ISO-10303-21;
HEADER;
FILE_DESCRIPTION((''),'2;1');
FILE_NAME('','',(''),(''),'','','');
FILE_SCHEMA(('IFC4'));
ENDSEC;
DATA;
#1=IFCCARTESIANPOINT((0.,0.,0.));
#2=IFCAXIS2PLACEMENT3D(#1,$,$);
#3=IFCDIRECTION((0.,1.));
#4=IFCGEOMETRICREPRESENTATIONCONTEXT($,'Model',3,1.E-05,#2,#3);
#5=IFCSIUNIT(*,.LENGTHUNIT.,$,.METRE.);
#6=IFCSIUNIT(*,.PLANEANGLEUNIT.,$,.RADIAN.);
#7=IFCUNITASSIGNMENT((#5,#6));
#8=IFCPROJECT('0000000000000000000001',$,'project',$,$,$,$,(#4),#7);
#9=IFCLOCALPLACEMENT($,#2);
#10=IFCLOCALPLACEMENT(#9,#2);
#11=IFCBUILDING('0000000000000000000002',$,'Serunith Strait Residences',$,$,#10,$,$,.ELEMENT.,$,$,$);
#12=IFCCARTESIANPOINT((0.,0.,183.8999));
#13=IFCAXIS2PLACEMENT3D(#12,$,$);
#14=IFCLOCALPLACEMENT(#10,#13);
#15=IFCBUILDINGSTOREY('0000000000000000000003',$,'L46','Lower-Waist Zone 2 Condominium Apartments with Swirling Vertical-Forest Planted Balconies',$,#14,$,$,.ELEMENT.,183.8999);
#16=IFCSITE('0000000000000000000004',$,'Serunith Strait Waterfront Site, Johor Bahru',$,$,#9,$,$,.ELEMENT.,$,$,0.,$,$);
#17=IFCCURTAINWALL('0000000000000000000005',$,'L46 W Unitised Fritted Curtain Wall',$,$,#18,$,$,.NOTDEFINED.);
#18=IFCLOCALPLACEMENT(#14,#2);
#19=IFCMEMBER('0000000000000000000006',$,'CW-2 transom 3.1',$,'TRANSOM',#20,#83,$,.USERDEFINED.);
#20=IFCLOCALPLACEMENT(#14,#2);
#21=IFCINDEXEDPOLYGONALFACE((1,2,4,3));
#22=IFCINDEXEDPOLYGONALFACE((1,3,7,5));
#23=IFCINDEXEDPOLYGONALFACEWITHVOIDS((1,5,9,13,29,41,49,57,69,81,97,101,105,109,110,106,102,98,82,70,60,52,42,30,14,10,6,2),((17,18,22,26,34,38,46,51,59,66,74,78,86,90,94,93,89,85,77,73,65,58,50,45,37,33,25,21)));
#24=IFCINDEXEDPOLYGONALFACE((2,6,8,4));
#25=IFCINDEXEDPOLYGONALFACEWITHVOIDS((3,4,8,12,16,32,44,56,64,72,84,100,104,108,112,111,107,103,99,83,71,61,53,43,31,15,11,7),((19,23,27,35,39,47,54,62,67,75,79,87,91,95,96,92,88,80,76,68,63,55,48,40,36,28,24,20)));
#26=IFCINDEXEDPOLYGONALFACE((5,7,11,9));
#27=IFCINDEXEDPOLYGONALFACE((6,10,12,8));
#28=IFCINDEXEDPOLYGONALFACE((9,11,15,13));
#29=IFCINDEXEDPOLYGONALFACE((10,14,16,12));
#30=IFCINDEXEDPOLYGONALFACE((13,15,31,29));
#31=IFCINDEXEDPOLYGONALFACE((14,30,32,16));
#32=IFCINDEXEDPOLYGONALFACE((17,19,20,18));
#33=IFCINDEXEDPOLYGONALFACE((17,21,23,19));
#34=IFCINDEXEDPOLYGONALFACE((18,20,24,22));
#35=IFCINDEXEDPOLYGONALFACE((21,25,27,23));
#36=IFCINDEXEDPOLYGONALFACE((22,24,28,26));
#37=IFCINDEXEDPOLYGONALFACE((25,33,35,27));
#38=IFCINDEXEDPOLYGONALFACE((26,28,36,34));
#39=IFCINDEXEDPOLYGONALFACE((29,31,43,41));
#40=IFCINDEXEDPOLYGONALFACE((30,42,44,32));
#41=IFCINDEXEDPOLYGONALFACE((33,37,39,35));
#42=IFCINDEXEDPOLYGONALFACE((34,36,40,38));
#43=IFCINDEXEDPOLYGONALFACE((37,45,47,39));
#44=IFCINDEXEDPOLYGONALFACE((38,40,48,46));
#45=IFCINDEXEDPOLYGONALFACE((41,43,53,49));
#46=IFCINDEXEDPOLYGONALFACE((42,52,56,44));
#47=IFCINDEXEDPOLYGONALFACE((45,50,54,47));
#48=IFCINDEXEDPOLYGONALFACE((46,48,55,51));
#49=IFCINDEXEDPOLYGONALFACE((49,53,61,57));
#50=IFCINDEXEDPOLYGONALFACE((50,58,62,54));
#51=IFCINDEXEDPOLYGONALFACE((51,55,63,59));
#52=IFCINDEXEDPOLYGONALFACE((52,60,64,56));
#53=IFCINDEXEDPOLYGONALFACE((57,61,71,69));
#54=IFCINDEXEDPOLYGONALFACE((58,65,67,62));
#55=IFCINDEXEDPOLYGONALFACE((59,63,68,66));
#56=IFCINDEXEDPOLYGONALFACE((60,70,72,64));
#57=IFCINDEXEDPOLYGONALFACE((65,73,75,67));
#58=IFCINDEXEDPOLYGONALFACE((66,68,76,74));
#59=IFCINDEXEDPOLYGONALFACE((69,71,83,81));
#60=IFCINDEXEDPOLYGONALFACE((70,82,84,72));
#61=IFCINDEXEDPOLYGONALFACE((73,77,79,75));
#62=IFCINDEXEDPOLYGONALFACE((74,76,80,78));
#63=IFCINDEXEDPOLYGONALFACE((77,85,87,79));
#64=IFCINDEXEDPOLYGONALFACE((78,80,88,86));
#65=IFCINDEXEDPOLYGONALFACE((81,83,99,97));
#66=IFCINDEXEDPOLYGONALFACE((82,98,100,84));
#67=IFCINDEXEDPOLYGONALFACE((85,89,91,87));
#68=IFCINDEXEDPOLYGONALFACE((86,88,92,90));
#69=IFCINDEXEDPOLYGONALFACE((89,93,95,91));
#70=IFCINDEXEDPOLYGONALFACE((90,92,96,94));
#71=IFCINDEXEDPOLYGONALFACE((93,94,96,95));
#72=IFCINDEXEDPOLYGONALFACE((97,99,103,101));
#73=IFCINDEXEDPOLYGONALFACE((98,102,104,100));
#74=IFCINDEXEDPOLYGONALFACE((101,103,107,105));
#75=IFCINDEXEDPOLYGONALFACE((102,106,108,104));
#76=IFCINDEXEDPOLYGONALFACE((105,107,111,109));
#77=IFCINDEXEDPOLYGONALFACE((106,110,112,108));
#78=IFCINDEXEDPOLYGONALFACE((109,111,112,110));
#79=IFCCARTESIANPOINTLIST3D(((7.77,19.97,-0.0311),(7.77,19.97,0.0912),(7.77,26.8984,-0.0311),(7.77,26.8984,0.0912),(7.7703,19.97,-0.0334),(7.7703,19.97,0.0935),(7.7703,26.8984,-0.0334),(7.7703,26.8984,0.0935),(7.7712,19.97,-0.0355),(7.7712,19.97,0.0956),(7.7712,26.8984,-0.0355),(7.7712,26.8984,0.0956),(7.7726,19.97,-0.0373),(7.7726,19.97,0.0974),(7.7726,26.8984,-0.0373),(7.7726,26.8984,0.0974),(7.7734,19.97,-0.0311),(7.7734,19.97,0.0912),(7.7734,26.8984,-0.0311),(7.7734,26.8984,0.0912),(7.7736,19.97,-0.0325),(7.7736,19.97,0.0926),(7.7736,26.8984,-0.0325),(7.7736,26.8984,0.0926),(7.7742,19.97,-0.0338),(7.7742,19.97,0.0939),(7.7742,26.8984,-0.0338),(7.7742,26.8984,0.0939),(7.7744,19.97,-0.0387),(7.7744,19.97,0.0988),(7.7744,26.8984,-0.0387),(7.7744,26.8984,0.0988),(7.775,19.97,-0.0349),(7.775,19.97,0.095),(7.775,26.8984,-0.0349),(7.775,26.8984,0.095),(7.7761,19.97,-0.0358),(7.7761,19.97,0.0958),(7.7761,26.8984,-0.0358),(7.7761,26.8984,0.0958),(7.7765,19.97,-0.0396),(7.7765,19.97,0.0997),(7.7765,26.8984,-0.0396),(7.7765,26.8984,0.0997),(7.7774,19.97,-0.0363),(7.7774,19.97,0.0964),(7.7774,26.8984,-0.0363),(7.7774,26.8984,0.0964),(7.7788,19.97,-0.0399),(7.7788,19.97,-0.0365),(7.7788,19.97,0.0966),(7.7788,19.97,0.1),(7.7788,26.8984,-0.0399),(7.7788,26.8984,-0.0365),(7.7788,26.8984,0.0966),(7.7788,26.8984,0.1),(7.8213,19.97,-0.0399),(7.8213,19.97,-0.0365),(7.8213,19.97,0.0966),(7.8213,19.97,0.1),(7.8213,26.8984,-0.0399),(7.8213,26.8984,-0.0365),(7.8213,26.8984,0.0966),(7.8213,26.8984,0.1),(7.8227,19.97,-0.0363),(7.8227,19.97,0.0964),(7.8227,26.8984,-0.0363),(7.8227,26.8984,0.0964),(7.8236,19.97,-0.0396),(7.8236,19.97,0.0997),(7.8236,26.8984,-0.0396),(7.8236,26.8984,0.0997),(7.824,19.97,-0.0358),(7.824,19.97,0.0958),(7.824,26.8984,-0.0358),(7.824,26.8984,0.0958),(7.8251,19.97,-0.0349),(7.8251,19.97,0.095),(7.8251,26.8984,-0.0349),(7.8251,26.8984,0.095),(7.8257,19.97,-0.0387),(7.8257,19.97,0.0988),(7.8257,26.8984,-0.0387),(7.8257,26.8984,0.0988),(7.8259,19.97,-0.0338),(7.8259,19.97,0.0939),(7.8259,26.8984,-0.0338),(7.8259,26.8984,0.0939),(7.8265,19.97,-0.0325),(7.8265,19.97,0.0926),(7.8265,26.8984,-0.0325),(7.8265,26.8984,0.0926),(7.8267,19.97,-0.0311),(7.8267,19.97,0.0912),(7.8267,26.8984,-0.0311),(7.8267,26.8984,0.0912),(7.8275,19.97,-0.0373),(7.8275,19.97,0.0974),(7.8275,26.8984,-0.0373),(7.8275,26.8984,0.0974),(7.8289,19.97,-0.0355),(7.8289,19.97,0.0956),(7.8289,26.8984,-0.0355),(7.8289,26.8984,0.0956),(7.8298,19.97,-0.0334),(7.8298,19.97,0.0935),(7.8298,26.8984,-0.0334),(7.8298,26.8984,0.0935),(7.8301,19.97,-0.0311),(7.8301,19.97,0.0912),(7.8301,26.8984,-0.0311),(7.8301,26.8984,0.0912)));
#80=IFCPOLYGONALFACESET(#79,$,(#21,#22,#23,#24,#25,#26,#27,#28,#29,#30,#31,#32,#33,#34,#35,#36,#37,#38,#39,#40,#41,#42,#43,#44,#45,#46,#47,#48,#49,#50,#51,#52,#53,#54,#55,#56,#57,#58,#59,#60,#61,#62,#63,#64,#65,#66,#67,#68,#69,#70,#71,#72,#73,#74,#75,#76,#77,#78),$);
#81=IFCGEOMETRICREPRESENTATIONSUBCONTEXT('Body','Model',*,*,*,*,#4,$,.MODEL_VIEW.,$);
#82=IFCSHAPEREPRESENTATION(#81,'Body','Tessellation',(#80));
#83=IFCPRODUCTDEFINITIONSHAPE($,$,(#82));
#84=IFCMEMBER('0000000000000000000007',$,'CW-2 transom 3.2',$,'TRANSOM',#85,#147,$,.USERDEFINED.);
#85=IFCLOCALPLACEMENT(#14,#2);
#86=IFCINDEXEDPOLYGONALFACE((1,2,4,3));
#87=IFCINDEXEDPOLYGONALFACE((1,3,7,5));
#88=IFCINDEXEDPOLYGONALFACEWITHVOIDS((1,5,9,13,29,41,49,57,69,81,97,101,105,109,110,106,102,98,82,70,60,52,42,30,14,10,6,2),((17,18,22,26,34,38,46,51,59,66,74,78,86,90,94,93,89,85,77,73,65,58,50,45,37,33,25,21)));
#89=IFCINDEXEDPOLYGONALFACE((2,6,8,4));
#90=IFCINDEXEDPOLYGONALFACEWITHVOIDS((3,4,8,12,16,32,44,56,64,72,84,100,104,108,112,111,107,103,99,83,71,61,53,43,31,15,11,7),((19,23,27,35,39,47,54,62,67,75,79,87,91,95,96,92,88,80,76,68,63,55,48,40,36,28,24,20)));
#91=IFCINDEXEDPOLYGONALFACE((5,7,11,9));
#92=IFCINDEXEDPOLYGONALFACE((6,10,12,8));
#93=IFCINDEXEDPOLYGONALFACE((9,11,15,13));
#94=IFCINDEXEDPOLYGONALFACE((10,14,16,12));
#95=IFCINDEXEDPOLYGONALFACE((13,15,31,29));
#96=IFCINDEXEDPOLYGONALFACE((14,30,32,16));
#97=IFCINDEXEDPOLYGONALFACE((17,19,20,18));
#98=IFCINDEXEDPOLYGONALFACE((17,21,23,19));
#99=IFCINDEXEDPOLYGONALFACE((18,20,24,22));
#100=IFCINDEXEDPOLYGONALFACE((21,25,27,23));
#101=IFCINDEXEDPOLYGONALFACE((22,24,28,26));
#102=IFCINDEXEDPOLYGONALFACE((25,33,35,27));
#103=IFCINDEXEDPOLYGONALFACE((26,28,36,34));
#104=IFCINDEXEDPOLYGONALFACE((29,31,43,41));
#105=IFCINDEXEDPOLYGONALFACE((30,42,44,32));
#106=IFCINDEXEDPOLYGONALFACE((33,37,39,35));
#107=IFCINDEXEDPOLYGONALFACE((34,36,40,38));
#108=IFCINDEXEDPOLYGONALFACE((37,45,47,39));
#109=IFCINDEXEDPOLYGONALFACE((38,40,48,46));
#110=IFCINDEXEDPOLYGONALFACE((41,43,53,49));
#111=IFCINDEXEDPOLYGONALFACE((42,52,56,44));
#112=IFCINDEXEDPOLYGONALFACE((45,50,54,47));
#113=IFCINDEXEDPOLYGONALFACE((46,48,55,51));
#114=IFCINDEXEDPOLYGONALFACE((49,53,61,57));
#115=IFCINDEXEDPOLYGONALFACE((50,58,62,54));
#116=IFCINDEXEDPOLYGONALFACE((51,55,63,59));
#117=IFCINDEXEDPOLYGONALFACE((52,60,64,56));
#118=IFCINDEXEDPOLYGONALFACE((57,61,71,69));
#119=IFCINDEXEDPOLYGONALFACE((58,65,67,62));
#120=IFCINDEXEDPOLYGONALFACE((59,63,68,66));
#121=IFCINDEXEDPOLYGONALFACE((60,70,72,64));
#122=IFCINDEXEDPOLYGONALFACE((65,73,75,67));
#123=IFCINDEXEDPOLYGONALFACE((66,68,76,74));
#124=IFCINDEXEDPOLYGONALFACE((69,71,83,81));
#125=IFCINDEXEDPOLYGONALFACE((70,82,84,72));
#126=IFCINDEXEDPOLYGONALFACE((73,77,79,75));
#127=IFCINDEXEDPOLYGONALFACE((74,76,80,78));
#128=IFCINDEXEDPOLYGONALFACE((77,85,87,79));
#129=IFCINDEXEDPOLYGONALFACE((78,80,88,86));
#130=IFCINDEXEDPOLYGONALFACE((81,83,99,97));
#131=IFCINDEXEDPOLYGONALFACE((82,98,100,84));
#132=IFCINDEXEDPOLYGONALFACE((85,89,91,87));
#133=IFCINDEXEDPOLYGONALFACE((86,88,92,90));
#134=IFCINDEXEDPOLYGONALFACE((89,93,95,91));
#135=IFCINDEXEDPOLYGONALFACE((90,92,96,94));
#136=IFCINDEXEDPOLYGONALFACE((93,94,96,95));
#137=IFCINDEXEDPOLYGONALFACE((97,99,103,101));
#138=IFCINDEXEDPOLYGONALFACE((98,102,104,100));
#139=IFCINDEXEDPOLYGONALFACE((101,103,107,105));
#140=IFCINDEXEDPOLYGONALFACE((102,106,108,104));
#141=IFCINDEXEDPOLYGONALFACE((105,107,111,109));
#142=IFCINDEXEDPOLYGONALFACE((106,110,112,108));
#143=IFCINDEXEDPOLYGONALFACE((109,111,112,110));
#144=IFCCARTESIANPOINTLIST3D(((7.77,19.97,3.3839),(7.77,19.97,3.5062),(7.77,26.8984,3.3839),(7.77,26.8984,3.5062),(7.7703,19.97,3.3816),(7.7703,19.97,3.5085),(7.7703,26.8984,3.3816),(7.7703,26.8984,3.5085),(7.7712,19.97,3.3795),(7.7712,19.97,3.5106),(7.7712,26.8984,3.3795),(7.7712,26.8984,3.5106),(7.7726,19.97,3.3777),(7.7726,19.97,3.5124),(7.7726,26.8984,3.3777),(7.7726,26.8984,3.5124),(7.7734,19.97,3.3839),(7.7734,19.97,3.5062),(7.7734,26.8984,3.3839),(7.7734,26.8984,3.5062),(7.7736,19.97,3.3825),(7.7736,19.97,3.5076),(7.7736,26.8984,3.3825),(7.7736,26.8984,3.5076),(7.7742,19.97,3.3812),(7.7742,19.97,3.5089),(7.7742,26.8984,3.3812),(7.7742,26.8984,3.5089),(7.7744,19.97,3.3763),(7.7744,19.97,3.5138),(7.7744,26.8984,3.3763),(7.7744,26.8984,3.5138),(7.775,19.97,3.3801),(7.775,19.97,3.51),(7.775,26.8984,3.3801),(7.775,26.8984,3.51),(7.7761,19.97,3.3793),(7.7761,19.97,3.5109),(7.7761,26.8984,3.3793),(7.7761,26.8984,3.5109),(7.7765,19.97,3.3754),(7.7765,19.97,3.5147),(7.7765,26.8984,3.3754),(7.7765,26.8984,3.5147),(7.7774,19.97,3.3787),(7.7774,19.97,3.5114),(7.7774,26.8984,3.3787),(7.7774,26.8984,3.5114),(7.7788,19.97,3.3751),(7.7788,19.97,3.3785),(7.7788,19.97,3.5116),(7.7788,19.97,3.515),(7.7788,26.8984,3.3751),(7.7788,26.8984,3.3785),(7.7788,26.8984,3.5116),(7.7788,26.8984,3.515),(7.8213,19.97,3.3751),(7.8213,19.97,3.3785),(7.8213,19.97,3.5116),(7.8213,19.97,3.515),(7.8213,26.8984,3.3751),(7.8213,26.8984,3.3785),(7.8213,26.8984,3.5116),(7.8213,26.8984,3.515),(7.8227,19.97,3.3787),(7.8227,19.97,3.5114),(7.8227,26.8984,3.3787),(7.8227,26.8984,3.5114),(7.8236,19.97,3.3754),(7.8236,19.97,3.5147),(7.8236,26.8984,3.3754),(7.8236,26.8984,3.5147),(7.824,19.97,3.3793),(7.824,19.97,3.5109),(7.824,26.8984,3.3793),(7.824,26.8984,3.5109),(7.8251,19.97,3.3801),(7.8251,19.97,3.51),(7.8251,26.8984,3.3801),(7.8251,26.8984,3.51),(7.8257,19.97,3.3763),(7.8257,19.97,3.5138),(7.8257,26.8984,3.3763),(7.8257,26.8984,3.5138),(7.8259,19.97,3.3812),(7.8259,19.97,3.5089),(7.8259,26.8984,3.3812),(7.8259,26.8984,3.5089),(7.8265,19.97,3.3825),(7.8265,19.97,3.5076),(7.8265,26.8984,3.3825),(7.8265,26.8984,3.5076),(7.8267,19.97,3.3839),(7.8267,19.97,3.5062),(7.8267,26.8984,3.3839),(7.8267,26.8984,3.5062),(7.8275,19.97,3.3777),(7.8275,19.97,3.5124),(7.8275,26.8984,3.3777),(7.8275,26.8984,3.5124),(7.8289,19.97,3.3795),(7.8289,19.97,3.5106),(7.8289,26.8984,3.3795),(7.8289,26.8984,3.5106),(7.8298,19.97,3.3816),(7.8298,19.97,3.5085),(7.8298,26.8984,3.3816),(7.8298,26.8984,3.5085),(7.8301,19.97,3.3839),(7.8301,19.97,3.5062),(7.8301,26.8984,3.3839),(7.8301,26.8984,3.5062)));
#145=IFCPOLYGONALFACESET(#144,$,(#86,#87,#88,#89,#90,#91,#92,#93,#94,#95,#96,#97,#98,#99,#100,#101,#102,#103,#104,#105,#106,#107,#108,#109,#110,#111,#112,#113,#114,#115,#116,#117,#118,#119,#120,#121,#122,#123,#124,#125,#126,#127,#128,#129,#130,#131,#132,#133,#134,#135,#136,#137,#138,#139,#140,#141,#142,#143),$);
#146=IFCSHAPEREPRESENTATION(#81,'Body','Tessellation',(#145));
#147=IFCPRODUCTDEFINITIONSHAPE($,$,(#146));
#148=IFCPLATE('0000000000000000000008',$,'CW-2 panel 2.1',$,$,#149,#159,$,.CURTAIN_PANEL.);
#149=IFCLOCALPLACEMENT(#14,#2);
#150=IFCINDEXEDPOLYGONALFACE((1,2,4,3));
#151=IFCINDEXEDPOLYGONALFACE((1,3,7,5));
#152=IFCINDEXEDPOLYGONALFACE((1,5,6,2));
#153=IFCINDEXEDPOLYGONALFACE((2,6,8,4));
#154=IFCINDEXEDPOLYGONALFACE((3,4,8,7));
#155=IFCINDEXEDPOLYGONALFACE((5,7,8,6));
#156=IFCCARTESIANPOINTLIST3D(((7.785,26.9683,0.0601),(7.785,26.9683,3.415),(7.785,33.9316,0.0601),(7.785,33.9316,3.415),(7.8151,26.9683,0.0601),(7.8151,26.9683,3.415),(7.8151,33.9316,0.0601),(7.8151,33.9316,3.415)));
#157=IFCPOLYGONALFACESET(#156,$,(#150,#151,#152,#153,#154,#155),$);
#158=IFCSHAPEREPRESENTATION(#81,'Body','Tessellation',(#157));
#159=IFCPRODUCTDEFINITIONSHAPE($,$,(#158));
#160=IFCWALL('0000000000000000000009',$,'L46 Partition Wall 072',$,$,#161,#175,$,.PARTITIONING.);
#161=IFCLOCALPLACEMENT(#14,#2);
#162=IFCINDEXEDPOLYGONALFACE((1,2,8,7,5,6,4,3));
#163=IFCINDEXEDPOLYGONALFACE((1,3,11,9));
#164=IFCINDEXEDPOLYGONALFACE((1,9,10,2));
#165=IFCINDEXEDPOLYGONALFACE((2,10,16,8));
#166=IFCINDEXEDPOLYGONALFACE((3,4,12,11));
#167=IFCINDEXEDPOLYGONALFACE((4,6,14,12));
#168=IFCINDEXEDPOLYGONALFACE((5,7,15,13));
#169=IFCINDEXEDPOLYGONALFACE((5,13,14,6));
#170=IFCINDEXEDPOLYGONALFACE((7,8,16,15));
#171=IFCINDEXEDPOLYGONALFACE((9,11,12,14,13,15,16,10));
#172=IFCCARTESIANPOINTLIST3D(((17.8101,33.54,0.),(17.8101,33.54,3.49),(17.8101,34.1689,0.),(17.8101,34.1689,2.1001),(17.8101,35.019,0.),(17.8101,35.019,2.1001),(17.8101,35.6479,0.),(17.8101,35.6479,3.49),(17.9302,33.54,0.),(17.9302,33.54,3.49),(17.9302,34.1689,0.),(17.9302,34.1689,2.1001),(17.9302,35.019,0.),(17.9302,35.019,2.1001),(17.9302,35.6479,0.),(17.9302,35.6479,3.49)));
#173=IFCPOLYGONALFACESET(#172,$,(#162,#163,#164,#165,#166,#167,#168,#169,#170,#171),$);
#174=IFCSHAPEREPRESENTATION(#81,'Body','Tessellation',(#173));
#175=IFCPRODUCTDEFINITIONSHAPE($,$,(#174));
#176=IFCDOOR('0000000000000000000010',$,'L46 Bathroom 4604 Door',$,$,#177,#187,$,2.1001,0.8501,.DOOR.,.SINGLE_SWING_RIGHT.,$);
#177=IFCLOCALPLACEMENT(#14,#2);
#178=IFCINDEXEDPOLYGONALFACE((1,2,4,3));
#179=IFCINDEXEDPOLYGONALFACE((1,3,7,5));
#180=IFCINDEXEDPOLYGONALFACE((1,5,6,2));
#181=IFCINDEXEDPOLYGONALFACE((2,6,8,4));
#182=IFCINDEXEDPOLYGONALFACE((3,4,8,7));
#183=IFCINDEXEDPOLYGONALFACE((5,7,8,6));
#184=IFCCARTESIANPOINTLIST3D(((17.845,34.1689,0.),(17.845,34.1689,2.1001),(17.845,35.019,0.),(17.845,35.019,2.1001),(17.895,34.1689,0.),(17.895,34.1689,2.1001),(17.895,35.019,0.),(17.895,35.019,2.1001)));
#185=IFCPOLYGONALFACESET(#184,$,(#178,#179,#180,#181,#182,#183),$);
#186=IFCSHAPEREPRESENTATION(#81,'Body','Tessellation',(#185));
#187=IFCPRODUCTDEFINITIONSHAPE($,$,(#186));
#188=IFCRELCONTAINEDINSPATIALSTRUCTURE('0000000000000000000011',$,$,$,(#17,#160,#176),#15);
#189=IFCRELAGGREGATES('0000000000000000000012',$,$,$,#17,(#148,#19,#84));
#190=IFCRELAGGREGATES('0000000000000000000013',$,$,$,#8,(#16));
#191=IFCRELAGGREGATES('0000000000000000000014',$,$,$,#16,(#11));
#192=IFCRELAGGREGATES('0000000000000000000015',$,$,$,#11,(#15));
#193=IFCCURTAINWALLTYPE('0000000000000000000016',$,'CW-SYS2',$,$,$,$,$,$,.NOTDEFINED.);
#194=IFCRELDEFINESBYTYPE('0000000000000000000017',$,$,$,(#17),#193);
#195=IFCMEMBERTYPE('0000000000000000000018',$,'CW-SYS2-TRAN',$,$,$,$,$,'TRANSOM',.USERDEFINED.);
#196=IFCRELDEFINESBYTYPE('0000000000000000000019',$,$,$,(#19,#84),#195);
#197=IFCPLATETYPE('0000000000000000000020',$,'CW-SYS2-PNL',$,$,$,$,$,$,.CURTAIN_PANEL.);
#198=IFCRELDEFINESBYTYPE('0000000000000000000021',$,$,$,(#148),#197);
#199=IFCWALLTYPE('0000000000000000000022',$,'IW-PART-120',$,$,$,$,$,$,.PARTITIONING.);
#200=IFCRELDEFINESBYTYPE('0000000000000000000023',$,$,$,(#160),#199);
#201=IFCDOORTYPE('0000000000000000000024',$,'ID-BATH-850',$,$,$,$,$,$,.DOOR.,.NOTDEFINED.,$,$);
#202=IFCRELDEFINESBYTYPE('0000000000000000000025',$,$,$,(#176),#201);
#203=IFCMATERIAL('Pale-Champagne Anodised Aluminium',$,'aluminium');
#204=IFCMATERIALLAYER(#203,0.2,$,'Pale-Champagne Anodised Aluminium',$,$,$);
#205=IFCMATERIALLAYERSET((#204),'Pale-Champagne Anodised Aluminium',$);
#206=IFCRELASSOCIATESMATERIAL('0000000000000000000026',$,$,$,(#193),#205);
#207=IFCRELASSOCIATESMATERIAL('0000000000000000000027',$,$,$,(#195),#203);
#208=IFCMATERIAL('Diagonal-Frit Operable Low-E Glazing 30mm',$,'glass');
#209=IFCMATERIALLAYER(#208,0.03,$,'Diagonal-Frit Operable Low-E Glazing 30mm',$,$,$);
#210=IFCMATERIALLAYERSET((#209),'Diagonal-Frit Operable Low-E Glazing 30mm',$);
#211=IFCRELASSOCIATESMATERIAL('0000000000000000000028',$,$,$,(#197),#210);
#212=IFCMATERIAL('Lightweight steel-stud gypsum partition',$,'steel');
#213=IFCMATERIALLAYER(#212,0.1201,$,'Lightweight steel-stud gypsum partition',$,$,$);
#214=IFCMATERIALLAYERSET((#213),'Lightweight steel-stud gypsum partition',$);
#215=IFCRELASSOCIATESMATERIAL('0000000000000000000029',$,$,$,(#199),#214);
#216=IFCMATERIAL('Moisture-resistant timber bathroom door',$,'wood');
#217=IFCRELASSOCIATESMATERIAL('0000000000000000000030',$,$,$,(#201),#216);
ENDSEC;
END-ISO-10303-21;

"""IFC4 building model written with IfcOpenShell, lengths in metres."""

from ifc_helpers import new_model, si_unit, direction, frame, frame_2d, origin, origin_2d, place, context, subcontext, project, spatial, rectangle, hollow_rectangle, extrude, source, transform, mapped, material, layer, layer_set, material_profile, profile_set, type_object, element, fill, aggregate, save


model = new_model("IFC4")

# Units and contexts
model_context = context("Model", 3, precision=1e-05, world=origin(), true_north=direction((0.0, 1.0)))
body_context = subcontext(model_context, "Body", "Model", "MODEL_VIEW")
ifc_project = project(units=[si_unit("LENGTHUNIT", "METRE"), si_unit("PLANEANGLEUNIT", "RADIAN")], contexts=[model_context])

# Site, building, storey
site_placement = place(None, origin())
site = spatial("IfcSite", under=ifc_project, at=site_placement, Name="Serunith Strait Waterfront Site, Johor Bahru", CompositionType="ELEMENT", RefElevation=0.0)
building_placement = place(site_placement, origin())
building = spatial("IfcBuilding", under=site, at=building_placement, Name="Serunith Strait Residences", CompositionType="ELEMENT")
storey_placement = place(building_placement, frame((0.0, 0.0, 183.8999)))
storey = spatial("IfcBuildingStorey", under=building, at=storey_placement, Name="L46", Description="Lower-Waist Zone 2 Condominium Apartments with Swirling Vertical-Forest Planted Balconies", CompositionType="ELEMENT", Elevation=183.8999)

# Curtain wall, members, plate
ifc_material_1 = material(Name="Pale-Champagne Anodised Aluminium", Category="aluminium")
ifc_layer_1 = layer(ifc_material_1, 0.2, Name="Pale-Champagne Anodised Aluminium")
ifc_layer_set_1 = layer_set([ifc_layer_1], Name="Pale-Champagne Anodised Aluminium")
curtain_wall_type = type_object("IfcCurtainWallType", Name="CW-SYS2", PredefinedType="NOTDEFINED", material=ifc_layer_set_1)
curtain_wall_placement = place(storey_placement, origin())
curtain_wall = element("IfcCurtainWall", 1, at=curtain_wall_placement, inside=storey, type_object=curtain_wall_type, Name="L46 W Unitised Fritted Curtain Wall", PredefinedType="NOTDEFINED")
ifc_material_profile_1 = material_profile(ifc_material_1, hollow_rectangle(XDim=0.0601, YDim=0.1399, WallThickness=0.0034, InnerFilletRadius=0.0054, OuterFilletRadius=0.0088, at=origin_2d()), Name="ALU 140x60x3.5")
ifc_profile_set_1 = profile_set([ifc_material_profile_1], Name="Pale-Champagne Anodised Aluminium")
member_type_1 = type_object("IfcMemberType", Name="CW-SYS2-TRAN", ElementType="TRANSOM", PredefinedType="USERDEFINED", material=ifc_profile_set_1)
shared_shape_1 = source(origin(), body_context, "Body", "SweptSolid", [
    extrude(hollow_rectangle(XDim=0.0601, YDim=0.1399, WallThickness=0.0034, InnerFilletRadius=0.0054, OuterFilletRadius=0.0088, at=origin_2d()), origin(), (0.0, 0.0, 1.0), 6.9285),
])
member_1_placement = place(storey_placement, frame((7.8, 26.8984, 0.03), z_axis=(0.0, -1.0, 0.0), x_axis=(1.0, 0.0, 0.0)))
member_1 = element("IfcMember", 2, at=member_1_placement, type_object=member_type_1, Name="CW-2 transom 3.1", ObjectType="TRANSOM", PredefinedType="USERDEFINED", context=body_context, shape_type="MappedRepresentation", body=[
    mapped(shared_shape_1, transform((0.0, 0.0, 0.0), scale=1.0)),
])
member_2_placement = place(storey_placement, frame((7.8, 26.8984, 3.4451), z_axis=(0.0, -1.0, 0.0), x_axis=(1.0, 0.0, 0.0)))
member_2 = element("IfcMember", 3, at=member_2_placement, type_object=member_type_1, Name="CW-2 transom 3.2", ObjectType="TRANSOM", PredefinedType="USERDEFINED", context=body_context, shape_type="MappedRepresentation", body=[
    mapped(shared_shape_1, transform((0.0, 0.0, 0.0), scale=1.0)),
])
ifc_material_2 = material(Name="Diagonal-Frit Operable Low-E Glazing 30mm", Category="glass")
ifc_layer_2 = layer(ifc_material_2, 0.03, Name="Diagonal-Frit Operable Low-E Glazing 30mm")
ifc_layer_set_2 = layer_set([ifc_layer_2], Name="Diagonal-Frit Operable Low-E Glazing 30mm")
plate_type = type_object("IfcPlateType", Name="CW-SYS2-PNL", PredefinedType="CURTAIN_PANEL", material=ifc_layer_set_2)
shared_shape_2 = source(origin(), body_context, "Body", "SweptSolid", [
    extrude(rectangle(XDim=6.9634, YDim=0.03, at=origin_2d()), origin(), (0.0, 0.0, 1.0), 3.355),
])
plate_placement = place(storey_placement, frame((7.8, 30.45, 0.0601), z_axis=(0.0, 0.0, 1.0), x_axis=(0.0, -1.0, 0.0)))
plate = element("IfcPlate", 4, at=plate_placement, type_object=plate_type, Name="CW-2 panel 2.1", PredefinedType="CURTAIN_PANEL", context=body_context, shape_type="MappedRepresentation", body=[
    mapped(shared_shape_2, transform((0.0, 0.0, 0.0), scale=1.0)),
])
aggregate(curtain_wall, [plate, member_1, member_2])

# Wall, opening, door
ifc_material_3 = material(Name="Lightweight steel-stud gypsum partition", Category="steel")
ifc_layer_3 = layer(ifc_material_3, 0.1201, Name="Lightweight steel-stud gypsum partition")
ifc_layer_set_3 = layer_set([ifc_layer_3], Name="Lightweight steel-stud gypsum partition")
wall_type_1 = type_object("IfcWallType", Name="IW-PART-120", PredefinedType="PARTITIONING", material=ifc_layer_set_3)
wall_1_placement = place(storey_placement, frame((17.8701, 35.6479, 0.0), z_axis=(0.0, 0.0, 1.0), x_axis=(0.0, -1.0, 0.0)))
wall_1 = element("IfcWall", 5, at=wall_1_placement, inside=storey, type_object=wall_type_1, Name="L46 Partition Wall 072", PredefinedType="PARTITIONING", context=body_context, shape_type="SweptSolid", body=[
    extrude(rectangle(XDim=2.1079, YDim=0.1201, at=frame_2d((1.054, 0.0))), origin(), (0.0, 0.0, 1.0), 3.49),
])
opening_1_placement = place(wall_1_placement, frame((0.6289, 0.0, 0.0)))
opening_1 = element("IfcOpeningElement", 6, at=opening_1_placement, cuts=wall_1, PredefinedType="OPENING", context=body_context, shape_type="SweptSolid", body=[
    extrude(rectangle(XDim=0.8501, YDim=2.1001, at=frame_2d((0.425, 1.05))), frame((0.0, 0.0701, 0.0), z_axis=(0.0, -1.0, 0.0), x_axis=(1.0, 0.0, 0.0)), (0.0, 0.0, 1.0), 0.1401),
])
ifc_material_4 = material(Name="Moisture-resistant timber bathroom door", Category="wood")
door_type_1 = type_object("IfcDoorType", Name="ID-BATH-850", OperationType="NOTDEFINED", PredefinedType="DOOR", material=ifc_material_4)
shared_shape_3 = source(origin(), body_context, "Body", "SweptSolid", [
    extrude(rectangle(XDim=0.8501, YDim=2.1001, at=frame_2d((0.425, 1.05))), frame((0.0, 0.0249, 0.0), z_axis=(0.0, -1.0, 0.0), x_axis=(1.0, 0.0, 0.0)), (0.0, 0.0, 1.0), 0.05),
])
door_1_placement = place(opening_1_placement, origin())
door_1 = element("IfcDoor", 7, at=door_1_placement, inside=storey, type_object=door_type_1, Name="L46 Bathroom 4604 Door", OperationType="SINGLE_SWING_RIGHT", OverallHeight=2.1001, OverallWidth=0.8501, PredefinedType="DOOR", context=body_context, shape_type="MappedRepresentation", body=[
    mapped(shared_shape_3, transform((0.0, 0.0, 0.0), scale=1.0)),
])
fill(opening_1, door_1)

save(model, "model.ifc")
